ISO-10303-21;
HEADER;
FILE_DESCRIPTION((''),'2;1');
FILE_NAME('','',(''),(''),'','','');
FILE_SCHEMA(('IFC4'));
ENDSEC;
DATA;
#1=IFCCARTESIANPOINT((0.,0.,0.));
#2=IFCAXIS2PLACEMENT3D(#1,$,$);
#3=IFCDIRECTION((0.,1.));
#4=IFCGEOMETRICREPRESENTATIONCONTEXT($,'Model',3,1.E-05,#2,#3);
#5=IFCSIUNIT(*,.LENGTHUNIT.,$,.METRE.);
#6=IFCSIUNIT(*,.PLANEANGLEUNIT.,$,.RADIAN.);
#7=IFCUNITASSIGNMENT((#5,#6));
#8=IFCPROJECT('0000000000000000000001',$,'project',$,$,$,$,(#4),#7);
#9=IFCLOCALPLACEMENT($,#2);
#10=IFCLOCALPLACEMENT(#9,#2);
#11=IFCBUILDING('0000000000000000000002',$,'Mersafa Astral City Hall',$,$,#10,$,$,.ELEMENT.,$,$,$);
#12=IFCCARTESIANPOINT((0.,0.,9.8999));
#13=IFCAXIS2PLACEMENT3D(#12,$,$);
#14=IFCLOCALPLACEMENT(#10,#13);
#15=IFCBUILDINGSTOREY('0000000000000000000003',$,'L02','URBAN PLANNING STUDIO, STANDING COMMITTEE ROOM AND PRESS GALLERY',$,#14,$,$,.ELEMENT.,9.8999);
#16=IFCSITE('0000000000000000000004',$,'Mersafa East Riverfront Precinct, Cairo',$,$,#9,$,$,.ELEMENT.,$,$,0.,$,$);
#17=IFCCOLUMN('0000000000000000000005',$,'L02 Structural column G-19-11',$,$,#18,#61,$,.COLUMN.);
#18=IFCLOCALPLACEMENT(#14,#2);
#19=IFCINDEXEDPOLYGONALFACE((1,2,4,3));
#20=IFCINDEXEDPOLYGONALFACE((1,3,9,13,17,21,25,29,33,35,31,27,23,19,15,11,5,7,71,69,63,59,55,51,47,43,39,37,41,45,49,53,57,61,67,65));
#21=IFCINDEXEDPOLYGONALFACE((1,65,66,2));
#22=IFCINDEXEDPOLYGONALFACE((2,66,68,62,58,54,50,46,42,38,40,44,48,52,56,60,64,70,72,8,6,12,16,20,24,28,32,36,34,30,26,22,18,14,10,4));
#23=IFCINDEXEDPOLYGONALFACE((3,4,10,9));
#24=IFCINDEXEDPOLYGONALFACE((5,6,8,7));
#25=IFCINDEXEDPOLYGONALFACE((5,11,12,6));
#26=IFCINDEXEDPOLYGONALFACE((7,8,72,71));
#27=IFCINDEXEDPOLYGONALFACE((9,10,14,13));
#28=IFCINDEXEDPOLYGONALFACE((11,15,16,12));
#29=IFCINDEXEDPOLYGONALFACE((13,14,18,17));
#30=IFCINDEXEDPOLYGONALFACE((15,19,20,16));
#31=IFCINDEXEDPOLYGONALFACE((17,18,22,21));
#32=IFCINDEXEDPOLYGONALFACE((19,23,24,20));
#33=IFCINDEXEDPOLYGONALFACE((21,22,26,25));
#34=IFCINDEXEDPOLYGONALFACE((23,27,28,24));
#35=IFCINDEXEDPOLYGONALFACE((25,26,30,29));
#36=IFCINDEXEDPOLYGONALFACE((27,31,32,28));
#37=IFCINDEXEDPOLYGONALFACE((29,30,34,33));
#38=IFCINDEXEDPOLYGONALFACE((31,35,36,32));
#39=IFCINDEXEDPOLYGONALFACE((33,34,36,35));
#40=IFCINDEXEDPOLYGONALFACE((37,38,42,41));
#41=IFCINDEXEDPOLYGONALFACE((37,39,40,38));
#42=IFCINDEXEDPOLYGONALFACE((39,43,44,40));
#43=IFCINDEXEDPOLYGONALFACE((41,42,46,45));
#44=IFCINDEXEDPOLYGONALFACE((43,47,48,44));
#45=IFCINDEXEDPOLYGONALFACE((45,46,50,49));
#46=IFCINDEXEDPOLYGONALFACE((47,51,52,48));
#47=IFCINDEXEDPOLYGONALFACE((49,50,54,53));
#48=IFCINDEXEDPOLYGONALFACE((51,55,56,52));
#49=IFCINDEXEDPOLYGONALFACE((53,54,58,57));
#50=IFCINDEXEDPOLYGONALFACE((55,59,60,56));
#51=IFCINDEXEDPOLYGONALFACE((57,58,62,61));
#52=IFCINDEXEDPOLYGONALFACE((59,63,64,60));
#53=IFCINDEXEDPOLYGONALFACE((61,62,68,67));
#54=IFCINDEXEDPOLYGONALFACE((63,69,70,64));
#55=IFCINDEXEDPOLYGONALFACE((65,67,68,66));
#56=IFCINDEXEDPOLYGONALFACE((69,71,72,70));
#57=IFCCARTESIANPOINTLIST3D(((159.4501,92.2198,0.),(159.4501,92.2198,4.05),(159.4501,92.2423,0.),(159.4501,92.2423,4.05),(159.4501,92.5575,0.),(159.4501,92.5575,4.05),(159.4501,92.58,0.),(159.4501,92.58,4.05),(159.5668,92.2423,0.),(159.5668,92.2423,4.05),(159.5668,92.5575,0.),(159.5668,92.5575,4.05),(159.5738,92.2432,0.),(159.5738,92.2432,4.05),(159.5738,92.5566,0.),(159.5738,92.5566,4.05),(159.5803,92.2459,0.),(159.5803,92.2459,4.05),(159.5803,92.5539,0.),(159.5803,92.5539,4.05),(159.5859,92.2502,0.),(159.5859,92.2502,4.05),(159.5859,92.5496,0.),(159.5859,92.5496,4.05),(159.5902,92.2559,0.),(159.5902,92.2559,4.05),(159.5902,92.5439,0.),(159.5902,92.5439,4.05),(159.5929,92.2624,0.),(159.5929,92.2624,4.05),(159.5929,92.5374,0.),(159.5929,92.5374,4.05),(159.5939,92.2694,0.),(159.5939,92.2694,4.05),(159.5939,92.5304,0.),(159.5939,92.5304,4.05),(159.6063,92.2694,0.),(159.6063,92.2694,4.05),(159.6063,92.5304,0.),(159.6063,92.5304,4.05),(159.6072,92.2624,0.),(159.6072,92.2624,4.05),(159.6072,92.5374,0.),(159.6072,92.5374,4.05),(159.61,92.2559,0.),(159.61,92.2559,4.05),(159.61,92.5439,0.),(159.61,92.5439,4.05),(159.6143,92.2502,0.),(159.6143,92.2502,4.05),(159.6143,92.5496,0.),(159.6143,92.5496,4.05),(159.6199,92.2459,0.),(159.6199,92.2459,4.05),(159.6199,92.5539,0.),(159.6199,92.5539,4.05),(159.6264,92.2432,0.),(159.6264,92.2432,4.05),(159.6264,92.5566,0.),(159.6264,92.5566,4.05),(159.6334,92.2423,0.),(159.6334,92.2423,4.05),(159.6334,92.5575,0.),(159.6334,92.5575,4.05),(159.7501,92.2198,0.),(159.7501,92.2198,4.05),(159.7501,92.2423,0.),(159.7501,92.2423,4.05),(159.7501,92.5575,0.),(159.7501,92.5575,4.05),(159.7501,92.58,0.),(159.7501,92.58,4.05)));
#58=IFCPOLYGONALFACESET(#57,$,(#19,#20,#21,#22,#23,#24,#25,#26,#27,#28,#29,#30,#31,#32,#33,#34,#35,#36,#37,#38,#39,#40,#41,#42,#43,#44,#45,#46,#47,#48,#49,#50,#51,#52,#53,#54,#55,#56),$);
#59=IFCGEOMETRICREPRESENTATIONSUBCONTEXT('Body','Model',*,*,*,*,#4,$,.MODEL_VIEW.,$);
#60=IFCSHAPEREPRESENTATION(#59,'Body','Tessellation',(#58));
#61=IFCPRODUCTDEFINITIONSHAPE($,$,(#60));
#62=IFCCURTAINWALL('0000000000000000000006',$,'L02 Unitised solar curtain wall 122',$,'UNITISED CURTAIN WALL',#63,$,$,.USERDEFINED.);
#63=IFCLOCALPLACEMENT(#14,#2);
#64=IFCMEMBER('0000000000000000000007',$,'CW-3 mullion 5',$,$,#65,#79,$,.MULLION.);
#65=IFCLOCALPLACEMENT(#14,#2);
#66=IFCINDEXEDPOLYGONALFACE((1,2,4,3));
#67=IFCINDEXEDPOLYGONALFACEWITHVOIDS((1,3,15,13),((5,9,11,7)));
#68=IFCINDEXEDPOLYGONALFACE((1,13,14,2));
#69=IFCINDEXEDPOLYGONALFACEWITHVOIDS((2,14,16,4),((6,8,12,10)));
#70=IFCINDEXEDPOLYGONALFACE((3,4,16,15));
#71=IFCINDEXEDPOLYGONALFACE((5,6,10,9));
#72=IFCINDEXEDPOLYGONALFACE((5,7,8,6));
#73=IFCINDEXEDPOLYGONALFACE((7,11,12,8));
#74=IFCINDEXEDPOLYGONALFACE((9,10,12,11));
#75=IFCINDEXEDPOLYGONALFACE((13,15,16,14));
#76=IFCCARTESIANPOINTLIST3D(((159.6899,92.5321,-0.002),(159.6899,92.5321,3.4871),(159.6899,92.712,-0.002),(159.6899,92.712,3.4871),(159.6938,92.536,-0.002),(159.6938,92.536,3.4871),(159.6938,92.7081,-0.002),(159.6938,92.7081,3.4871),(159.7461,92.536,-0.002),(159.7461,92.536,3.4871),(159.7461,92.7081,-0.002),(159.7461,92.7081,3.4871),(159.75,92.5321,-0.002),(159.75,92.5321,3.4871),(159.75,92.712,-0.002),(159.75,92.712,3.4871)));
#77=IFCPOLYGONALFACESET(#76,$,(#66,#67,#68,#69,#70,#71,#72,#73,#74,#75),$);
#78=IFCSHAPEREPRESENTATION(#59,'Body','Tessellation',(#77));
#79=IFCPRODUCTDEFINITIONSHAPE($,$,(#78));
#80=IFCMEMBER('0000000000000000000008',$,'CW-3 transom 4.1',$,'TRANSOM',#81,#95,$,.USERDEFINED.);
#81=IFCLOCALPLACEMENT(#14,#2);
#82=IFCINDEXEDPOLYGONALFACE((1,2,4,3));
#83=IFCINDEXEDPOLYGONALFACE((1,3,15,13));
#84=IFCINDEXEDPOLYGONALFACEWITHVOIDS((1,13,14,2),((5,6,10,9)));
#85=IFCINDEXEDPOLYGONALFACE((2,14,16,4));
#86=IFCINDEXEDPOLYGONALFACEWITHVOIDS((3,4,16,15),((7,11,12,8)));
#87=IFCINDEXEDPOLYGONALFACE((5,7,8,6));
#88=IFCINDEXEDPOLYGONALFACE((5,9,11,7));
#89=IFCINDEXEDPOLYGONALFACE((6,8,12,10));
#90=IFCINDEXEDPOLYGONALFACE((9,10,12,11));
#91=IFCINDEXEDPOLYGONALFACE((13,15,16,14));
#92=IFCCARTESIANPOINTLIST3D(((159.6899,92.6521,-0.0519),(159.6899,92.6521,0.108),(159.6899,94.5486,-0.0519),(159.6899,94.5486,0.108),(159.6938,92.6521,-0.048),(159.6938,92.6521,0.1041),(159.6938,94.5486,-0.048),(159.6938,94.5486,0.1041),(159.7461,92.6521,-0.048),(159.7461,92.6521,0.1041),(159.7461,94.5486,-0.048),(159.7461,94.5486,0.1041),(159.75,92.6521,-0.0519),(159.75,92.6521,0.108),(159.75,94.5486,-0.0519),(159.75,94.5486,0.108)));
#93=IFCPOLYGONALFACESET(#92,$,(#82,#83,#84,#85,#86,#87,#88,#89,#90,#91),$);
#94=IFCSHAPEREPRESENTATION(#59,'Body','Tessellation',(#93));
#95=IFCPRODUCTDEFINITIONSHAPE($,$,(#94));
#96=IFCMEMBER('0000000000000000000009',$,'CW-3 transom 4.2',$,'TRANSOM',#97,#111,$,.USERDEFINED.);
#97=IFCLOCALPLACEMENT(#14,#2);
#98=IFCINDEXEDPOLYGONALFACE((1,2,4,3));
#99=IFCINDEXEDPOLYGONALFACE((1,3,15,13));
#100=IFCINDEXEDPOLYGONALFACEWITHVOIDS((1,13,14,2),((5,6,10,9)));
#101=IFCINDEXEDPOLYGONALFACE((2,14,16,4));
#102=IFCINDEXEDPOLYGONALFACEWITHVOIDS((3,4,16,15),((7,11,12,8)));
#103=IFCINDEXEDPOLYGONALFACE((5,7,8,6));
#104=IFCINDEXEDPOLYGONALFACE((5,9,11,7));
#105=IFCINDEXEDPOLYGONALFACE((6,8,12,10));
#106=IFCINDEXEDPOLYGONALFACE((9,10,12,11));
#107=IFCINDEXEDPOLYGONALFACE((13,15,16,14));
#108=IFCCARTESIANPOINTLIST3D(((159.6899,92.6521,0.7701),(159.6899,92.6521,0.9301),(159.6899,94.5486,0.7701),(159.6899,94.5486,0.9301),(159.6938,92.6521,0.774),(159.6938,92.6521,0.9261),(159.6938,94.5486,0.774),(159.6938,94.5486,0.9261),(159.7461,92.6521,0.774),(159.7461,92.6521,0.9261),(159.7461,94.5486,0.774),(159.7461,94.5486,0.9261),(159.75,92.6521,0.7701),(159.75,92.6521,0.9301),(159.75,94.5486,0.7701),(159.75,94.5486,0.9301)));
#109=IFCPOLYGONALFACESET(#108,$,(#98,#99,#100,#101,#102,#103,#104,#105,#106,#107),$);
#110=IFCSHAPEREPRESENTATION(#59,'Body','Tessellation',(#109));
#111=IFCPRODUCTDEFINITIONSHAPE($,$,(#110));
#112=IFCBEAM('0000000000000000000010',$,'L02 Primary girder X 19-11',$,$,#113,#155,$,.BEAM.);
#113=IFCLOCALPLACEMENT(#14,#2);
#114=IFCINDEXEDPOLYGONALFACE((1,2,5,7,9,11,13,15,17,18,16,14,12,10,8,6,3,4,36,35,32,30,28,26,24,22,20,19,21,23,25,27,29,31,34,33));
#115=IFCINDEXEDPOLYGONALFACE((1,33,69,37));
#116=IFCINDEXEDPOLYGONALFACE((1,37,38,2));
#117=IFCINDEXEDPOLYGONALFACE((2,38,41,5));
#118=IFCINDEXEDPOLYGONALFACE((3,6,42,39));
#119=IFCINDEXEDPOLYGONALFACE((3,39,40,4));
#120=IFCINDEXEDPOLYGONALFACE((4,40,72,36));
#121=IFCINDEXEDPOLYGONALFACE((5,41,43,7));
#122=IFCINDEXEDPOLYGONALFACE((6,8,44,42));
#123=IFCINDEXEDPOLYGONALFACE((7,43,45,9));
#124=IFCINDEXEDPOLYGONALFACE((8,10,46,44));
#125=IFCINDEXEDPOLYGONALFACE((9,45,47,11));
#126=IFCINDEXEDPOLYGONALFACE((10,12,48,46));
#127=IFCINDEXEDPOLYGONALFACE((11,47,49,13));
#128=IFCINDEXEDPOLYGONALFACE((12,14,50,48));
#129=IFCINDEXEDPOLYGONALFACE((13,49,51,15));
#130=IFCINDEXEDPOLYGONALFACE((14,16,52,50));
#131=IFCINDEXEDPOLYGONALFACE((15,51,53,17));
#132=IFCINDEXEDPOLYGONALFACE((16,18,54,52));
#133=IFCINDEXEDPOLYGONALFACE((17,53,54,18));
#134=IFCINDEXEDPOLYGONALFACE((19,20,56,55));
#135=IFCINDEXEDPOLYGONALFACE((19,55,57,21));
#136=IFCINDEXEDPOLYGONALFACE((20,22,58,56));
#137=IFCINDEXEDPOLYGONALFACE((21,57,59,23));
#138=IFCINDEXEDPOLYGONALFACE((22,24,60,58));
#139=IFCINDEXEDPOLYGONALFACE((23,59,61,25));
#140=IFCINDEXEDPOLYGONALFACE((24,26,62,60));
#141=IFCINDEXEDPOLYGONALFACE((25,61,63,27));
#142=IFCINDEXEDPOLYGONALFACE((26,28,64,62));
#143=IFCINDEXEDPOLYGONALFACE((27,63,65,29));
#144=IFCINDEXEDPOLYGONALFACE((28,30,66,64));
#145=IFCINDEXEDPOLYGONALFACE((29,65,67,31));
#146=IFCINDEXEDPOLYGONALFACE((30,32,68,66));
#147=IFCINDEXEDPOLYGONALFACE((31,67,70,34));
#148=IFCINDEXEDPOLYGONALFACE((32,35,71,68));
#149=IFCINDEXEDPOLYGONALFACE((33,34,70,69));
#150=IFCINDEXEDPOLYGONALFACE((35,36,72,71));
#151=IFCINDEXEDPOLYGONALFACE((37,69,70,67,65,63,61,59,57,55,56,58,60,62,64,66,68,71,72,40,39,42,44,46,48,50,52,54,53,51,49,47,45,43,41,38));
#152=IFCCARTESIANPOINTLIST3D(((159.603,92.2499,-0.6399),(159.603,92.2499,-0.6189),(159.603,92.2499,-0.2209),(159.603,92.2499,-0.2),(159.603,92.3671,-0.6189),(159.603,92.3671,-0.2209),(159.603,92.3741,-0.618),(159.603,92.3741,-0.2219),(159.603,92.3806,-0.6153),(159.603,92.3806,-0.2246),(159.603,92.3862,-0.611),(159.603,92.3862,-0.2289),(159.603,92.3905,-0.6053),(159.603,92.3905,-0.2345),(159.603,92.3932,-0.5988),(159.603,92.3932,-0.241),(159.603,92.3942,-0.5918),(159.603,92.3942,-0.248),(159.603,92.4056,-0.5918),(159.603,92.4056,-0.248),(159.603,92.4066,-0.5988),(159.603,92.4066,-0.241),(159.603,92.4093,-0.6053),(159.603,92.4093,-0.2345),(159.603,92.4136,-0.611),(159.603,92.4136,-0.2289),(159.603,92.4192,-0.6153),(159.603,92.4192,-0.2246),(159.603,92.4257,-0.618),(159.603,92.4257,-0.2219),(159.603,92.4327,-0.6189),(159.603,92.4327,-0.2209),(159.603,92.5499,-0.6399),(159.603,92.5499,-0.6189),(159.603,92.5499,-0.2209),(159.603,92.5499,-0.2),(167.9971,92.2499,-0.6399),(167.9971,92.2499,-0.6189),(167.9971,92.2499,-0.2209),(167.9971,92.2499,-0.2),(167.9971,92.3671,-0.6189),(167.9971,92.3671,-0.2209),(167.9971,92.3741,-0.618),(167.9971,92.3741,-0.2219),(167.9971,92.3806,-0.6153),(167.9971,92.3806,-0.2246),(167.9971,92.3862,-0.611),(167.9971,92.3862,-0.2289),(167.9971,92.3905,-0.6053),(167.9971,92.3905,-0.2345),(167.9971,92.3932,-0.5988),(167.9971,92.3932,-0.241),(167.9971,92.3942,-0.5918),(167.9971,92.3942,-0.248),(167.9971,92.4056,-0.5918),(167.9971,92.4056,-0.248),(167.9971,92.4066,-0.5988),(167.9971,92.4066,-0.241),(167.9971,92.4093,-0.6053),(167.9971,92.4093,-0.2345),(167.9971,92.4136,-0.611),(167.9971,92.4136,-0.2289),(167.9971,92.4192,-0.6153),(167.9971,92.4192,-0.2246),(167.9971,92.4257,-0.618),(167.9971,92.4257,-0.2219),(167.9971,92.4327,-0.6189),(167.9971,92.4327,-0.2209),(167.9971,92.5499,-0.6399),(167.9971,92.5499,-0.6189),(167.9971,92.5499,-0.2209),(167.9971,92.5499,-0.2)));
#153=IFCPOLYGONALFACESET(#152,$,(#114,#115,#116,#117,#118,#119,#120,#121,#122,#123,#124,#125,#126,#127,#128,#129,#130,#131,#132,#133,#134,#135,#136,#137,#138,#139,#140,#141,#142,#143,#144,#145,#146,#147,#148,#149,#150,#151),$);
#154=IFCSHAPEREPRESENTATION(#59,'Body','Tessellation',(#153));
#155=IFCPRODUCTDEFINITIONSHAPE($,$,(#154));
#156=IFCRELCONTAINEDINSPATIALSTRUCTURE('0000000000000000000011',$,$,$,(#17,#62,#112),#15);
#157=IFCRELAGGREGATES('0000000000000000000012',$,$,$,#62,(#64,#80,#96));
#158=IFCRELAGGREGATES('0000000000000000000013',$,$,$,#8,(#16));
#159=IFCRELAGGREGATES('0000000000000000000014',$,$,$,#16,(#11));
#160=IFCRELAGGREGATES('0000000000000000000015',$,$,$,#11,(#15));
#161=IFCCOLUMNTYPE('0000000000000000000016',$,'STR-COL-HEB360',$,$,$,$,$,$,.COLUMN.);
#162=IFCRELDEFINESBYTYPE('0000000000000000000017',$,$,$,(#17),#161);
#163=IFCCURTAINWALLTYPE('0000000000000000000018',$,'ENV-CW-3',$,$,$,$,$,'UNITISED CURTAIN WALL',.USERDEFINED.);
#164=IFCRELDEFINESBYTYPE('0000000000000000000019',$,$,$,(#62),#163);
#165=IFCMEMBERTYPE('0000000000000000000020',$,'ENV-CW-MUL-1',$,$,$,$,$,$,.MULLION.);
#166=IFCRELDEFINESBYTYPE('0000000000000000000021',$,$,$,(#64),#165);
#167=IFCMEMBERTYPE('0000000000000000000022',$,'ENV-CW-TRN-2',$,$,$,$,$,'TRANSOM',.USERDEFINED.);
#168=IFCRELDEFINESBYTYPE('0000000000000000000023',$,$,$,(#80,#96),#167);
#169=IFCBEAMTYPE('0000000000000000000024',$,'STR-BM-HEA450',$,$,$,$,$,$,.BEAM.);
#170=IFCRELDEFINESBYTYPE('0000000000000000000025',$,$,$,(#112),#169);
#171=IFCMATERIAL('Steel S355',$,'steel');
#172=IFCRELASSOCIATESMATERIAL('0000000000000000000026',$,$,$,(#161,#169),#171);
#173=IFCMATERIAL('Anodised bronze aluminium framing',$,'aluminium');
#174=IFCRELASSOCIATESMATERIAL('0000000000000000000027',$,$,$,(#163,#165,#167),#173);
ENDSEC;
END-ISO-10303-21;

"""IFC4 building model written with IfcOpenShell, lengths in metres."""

from ifc_helpers import new_model, si_unit, direction, frame, origin, origin_2d, place, context, subcontext, project, spatial, hollow_rectangle, i_section, extrude, material, material_profile, profile_set, type_object, element, aggregate, save


model = new_model("IFC4")

# Units and contexts
model_context = context("Model", 3, precision=1e-05, world=origin(), true_north=direction((0.0, 1.0)))
body_context = subcontext(model_context, "Body", "Model", "MODEL_VIEW")
ifc_project = project(units=[si_unit("LENGTHUNIT", "METRE"), si_unit("PLANEANGLEUNIT", "RADIAN")], contexts=[model_context])

# Site, building, storey
site_placement = place(None, origin())
site = spatial("IfcSite", under=ifc_project, at=site_placement, Name="Mersafa East Riverfront Precinct, Cairo", CompositionType="ELEMENT", RefElevation=0.0)
building_placement = place(site_placement, origin())
building = spatial("IfcBuilding", under=site, at=building_placement, Name="Mersafa Astral City Hall", CompositionType="ELEMENT")
storey_placement = place(building_placement, frame((0.0, 0.0, 9.8999)))
storey = spatial("IfcBuildingStorey", under=building, at=storey_placement, Name="L02", Description="URBAN PLANNING STUDIO, STANDING COMMITTEE ROOM AND PRESS GALLERY", CompositionType="ELEMENT", Elevation=9.8999)

# Column
ifc_material_1 = material(Name="Steel S355", Category="steel")
ifc_material_profile_1 = material_profile(ifc_material_1, i_section(OverallWidth=0.3, OverallDepth=0.3601, WebThickness=0.0125, FlangeThickness=0.0225, FilletRadius=0.0271, at=origin_2d()), Name="HEB 360")
ifc_profile_set_1 = profile_set([ifc_material_profile_1], Name="Steel S355")
column_type = type_object("IfcColumnType", Name="STR-COL-HEB360", PredefinedType="COLUMN", material=ifc_profile_set_1)
column_placement = place(storey_placement, frame((159.6001, 92.3999, 0.0), z_axis=(0.0, 0.0, 1.0), x_axis=(1.0, 0.0, 0.0)))
element("IfcColumn", 1, at=column_placement, inside=storey, type_object=column_type, Name="L02 Structural column G-19-11", PredefinedType="COLUMN", context=body_context, shape_type="SweptSolid", body=[
    extrude(i_section(OverallWidth=0.3, OverallDepth=0.3601, WebThickness=0.0125, FlangeThickness=0.0225, FilletRadius=0.0271, at=origin_2d()), origin(), (0.0, 0.0, 1.0), 4.05),
])

# Curtain wall, members
ifc_material_2 = material(Name="Anodised bronze aluminium framing", Category="aluminium")
curtain_wall_type = type_object("IfcCurtainWallType", Name="ENV-CW-3", ElementType="UNITISED CURTAIN WALL", PredefinedType="USERDEFINED", material=ifc_material_2)
curtain_wall_placement = place(storey_placement, origin())
curtain_wall = element("IfcCurtainWall", 2, at=curtain_wall_placement, inside=storey, type_object=curtain_wall_type, Name="L02 Unitised solar curtain wall 122", ObjectType="UNITISED CURTAIN WALL", PredefinedType="USERDEFINED")
ifc_material_profile_2 = material_profile(ifc_material_2, hollow_rectangle(XDim=0.0601, YDim=0.1799, WallThickness=0.0039, at=origin_2d()), Name="RHS 60x180x4")
ifc_profile_set_2 = profile_set([ifc_material_profile_2], Name="Anodised bronze aluminium framing")
member_type_1 = type_object("IfcMemberType", Name="ENV-CW-MUL-1", PredefinedType="MULLION", material=ifc_profile_set_2)
member_1_placement = place(storey_placement, frame((159.72, 92.6221, -0.002), z_axis=(0.0, 0.0, 1.0), x_axis=(1.0, 0.0, 0.0)))
member_1 = element("IfcMember", 3, at=member_1_placement, type_object=member_type_1, Name="CW-3 mullion 5", PredefinedType="MULLION", context=body_context, shape_type="SweptSolid", body=[
    extrude(hollow_rectangle(XDim=0.0601, YDim=0.1799, WallThickness=0.0039, at=origin_2d()), origin(), (0.0, 0.0, 1.0), 3.489),
])
ifc_material_profile_3 = material_profile(ifc_material_2, hollow_rectangle(XDim=0.0601, YDim=0.1599, WallThickness=0.0039, at=origin_2d()), Name="RHS 60x160x4")
ifc_profile_set_3 = profile_set([ifc_material_profile_3], Name="Anodised bronze aluminium framing")
member_type_2 = type_object("IfcMemberType", Name="ENV-CW-TRN-2", ElementType="TRANSOM", PredefinedType="USERDEFINED", material=ifc_profile_set_3)
member_2_placement = place(storey_placement, frame((159.72, 94.5486, 0.0281), z_axis=(0.0, -1.0, 0.0), x_axis=(1.0, 0.0, 0.0)))
member_2 = element("IfcMember", 4, at=member_2_placement, type_object=member_type_2, Name="CW-3 transom 4.1", ObjectType="TRANSOM", PredefinedType="USERDEFINED", context=body_context, shape_type="SweptSolid", body=[
    extrude(hollow_rectangle(XDim=0.0601, YDim=0.1599, WallThickness=0.0039, at=origin_2d()), origin(), (0.0, 0.0, 1.0), 1.8965),
])
member_3_placement = place(storey_placement, frame((159.72, 94.5486, 0.8501), z_axis=(0.0, -1.0, 0.0), x_axis=(1.0, 0.0, 0.0)))
member_3 = element("IfcMember", 5, at=member_3_placement, type_object=member_type_2, Name="CW-3 transom 4.2", ObjectType="TRANSOM", PredefinedType="USERDEFINED", context=body_context, shape_type="SweptSolid", body=[
    extrude(hollow_rectangle(XDim=0.0601, YDim=0.1599, WallThickness=0.0039, at=origin_2d()), origin(), (0.0, 0.0, 1.0), 1.8965),
])

# Beam
ifc_material_profile_4 = material_profile(ifc_material_1, i_section(OverallWidth=0.3, OverallDepth=0.4399, WebThickness=0.0115, FlangeThickness=0.021, FilletRadius=0.0271, at=origin_2d()), Name="HEA 450")
ifc_profile_set_4 = profile_set([ifc_material_profile_4], Name="Steel S355")
beam_type_1 = type_object("IfcBeamType", Name="STR-BM-HEA450", PredefinedType="BEAM", material=ifc_profile_set_4)
beam_1_placement = place(storey_placement, frame((159.603, 92.3999, -0.4199), z_axis=(1.0, 0.0, 0.0), x_axis=(0.0, 1.0, 0.0)))
element("IfcBeam", 6, at=beam_1_placement, inside=storey, type_object=beam_type_1, Name="L02 Primary girder X 19-11", PredefinedType="BEAM", context=body_context, shape_type="SweptSolid", body=[
    extrude(i_section(OverallWidth=0.3, OverallDepth=0.4399, WebThickness=0.0115, FlangeThickness=0.021, FilletRadius=0.0271, at=origin_2d()), origin(), (0.0, 0.0, 1.0), 8.394),
])

aggregate(curtain_wall, [member_1, member_2, member_3])

save(model, "model.ifc")
